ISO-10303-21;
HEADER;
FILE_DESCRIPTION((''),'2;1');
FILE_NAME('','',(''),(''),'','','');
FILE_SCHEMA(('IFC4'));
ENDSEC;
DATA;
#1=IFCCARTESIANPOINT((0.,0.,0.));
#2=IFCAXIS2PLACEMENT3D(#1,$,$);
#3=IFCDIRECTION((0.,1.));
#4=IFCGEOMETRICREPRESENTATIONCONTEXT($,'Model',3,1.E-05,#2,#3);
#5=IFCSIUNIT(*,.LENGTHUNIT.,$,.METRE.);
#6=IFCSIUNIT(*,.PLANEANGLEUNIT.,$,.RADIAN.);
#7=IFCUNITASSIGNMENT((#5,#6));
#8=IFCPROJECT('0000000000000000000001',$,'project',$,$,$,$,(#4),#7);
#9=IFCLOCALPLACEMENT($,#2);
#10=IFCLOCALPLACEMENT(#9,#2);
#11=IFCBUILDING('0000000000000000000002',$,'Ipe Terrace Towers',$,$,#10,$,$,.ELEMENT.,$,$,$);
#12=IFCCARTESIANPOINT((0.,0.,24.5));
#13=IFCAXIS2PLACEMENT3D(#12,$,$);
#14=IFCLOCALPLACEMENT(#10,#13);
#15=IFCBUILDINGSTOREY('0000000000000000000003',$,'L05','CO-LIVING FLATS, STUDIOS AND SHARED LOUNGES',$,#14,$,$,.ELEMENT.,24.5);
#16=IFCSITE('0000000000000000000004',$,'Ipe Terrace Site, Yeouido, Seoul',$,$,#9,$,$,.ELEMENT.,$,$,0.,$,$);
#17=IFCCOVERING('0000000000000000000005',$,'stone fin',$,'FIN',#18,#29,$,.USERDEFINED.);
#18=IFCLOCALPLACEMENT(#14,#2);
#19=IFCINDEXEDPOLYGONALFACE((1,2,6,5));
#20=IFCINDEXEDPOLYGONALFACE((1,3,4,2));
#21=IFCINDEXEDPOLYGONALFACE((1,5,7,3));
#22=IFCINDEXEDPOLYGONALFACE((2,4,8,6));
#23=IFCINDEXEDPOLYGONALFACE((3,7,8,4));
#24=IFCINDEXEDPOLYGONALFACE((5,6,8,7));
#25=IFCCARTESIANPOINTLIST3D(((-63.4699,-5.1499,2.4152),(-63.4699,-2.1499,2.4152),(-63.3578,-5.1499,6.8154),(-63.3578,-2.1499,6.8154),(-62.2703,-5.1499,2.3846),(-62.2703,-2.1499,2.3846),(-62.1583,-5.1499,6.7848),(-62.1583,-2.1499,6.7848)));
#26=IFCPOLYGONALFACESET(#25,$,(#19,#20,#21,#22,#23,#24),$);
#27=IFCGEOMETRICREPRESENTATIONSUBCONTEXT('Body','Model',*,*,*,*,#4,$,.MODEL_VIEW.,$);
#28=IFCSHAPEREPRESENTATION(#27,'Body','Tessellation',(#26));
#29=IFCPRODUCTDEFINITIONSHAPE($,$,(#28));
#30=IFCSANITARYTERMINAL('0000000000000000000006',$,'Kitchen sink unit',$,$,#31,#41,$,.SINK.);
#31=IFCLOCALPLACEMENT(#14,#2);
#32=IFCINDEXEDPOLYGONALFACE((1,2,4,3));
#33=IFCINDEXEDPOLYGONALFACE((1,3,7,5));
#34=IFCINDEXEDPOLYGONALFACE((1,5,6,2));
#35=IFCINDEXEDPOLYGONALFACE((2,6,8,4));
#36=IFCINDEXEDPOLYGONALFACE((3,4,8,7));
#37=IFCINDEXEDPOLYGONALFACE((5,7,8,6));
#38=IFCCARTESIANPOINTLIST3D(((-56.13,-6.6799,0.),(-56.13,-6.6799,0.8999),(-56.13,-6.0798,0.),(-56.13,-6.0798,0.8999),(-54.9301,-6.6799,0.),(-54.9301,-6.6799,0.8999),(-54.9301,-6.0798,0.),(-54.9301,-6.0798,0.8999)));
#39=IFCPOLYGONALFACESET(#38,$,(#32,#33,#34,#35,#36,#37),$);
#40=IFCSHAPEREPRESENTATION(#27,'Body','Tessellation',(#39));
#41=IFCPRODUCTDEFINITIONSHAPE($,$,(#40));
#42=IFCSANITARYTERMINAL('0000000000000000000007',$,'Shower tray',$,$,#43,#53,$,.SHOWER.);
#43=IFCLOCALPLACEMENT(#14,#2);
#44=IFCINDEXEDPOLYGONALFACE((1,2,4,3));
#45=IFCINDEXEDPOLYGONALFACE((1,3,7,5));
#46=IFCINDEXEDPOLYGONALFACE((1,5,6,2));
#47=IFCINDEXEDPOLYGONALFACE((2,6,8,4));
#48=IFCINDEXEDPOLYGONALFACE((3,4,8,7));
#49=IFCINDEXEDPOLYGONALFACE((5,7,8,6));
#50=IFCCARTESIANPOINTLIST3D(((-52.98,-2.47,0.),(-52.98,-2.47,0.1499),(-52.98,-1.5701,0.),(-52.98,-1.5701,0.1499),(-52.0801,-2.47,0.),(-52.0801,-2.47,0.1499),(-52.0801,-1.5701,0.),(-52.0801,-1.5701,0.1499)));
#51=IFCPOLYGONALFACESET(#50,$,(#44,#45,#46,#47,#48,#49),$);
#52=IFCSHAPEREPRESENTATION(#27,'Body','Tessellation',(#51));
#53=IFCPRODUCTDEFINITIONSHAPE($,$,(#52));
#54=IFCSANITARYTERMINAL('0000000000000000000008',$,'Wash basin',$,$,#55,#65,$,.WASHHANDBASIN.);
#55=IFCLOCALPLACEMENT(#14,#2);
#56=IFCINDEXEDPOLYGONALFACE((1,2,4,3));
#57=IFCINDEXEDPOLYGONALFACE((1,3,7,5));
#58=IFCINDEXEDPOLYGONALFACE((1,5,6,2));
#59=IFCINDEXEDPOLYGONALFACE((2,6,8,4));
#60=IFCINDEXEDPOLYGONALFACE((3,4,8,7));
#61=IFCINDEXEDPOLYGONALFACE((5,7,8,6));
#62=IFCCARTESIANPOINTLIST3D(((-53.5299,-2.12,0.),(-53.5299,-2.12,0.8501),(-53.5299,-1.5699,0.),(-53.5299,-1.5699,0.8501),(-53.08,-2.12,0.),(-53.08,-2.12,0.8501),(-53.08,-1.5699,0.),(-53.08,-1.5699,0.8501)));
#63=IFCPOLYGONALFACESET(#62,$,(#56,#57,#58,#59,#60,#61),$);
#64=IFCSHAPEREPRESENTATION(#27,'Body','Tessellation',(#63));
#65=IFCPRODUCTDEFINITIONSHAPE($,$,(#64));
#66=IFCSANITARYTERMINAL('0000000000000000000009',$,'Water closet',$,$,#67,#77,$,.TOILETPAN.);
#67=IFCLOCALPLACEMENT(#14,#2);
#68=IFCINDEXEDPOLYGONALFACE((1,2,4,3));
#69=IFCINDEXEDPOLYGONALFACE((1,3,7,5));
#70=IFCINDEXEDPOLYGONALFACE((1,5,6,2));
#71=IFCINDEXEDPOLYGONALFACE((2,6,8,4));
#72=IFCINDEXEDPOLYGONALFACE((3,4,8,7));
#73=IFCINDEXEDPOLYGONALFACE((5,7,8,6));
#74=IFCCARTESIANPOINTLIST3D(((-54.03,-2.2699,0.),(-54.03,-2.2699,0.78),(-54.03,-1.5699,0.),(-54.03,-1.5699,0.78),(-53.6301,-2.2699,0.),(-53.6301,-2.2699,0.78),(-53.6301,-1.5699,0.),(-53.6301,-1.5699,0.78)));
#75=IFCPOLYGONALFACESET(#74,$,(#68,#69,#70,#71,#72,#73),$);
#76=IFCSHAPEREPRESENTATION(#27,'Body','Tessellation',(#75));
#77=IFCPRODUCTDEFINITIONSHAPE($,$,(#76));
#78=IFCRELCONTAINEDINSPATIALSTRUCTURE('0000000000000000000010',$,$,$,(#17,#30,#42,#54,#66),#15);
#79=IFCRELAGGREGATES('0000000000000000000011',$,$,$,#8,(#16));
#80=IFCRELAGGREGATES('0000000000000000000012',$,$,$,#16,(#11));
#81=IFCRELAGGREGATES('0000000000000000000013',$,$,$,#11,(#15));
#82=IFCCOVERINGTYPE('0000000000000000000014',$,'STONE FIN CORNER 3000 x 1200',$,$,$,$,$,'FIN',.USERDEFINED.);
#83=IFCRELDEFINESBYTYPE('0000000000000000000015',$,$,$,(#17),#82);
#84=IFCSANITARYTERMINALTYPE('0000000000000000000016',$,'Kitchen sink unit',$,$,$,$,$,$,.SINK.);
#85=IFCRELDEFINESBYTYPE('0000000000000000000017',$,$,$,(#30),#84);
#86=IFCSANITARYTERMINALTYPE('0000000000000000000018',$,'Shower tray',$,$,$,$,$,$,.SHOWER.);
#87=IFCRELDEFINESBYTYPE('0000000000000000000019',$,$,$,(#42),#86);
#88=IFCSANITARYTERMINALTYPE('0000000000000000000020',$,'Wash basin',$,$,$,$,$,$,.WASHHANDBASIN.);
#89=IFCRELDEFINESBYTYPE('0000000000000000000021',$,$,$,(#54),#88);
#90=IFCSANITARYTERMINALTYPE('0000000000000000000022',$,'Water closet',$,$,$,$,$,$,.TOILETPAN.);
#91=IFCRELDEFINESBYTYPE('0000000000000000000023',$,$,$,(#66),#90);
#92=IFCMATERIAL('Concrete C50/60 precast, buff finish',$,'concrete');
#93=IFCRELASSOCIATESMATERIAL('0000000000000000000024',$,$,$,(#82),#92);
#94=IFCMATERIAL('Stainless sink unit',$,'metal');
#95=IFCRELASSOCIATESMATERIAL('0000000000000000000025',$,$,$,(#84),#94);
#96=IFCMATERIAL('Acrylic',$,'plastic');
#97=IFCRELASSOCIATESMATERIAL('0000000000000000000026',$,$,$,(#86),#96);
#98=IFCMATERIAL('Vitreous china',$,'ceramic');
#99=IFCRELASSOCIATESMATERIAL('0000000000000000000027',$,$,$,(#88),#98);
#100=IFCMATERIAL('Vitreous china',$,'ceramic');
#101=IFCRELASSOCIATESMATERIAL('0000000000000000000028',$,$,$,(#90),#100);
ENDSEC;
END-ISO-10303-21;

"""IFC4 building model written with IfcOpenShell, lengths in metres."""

from ifc_helpers import new_model, si_unit, direction, frame, origin, origin_2d, place, context, subcontext, project, spatial, rectangle, extrude, material, material_profile, profile_set, type_object, element, save


model = new_model("IFC4")

# Units and contexts
model_context = context("Model", 3, precision=1e-05, world=origin(), true_north=direction((0.0, 1.0)))
body_context = subcontext(model_context, "Body", "Model", "MODEL_VIEW")
ifc_project = project(units=[si_unit("LENGTHUNIT", "METRE"), si_unit("PLANEANGLEUNIT", "RADIAN")], contexts=[model_context])

# Site, building, storey
site_placement = place(None, origin())
site = spatial("IfcSite", under=ifc_project, at=site_placement, Name="Ipe Terrace Site, Yeouido, Seoul", CompositionType="ELEMENT", RefElevation=0.0)
building_placement = place(site_placement, origin())
building = spatial("IfcBuilding", under=site, at=building_placement, Name="Ipe Terrace Towers", CompositionType="ELEMENT")
storey_placement = place(building_placement, frame((0.0, 0.0, 24.5)))
storey = spatial("IfcBuildingStorey", under=building, at=storey_placement, Name="L05", Description="CO-LIVING FLATS, STUDIOS AND SHARED LOUNGES", CompositionType="ELEMENT", Elevation=24.5)

# Covering
ifc_material_1 = material(Name="Concrete C50/60 precast, buff finish", Category="concrete")
ifc_material_profile_1 = material_profile(ifc_material_1, rectangle(XDim=3.0, YDim=1.2, at=origin_2d()), Name="STONE FIN CORNER 3000 x 1200")
ifc_profile_set_1 = profile_set([ifc_material_profile_1], Name="Concrete C50/60 precast, buff finish")
covering_type_1 = type_object("IfcCoveringType", Name="STONE FIN CORNER 3000 x 1200", ElementType="FIN", PredefinedType="USERDEFINED", material=ifc_profile_set_1)
covering_1_placement = place(storey_placement, frame((-62.8701, -3.6499, 2.3999), z_axis=(0.025459, 0.0, 0.999676), x_axis=(0.0, -1.0, 0.0)))
element("IfcCovering", 1, at=covering_1_placement, inside=storey, type_object=covering_type_1, Name="stone fin", ObjectType="FIN", PredefinedType="USERDEFINED", context=body_context, shape_type="SweptSolid", body=[
    extrude(rectangle(XDim=3.0, YDim=1.2, at=origin_2d()), origin(), (0.0, 0.0, 1.0), 4.4016),
])

# Sanitary terminals
ifc_material_2 = material(Name="Stainless sink unit", Category="metal")
sanitary_terminal_type_1 = type_object("IfcSanitaryTerminalType", Name="Kitchen sink unit", PredefinedType="SINK", material=ifc_material_2)
sanitary_terminal_1_placement = place(storey_placement, frame((-55.53, -6.3799, 0.0), z_axis=(0.0, 0.0, 1.0), x_axis=(-1.0, 0.0, 0.0)))
element("IfcSanitaryTerminal", 2, at=sanitary_terminal_1_placement, inside=storey, type_object=sanitary_terminal_type_1, Name="Kitchen sink unit", PredefinedType="SINK", context=body_context, shape_type="SweptSolid", body=[
    extrude(rectangle(XDim=1.2, YDim=0.6001, at=origin_2d()), origin(), (0.0, 0.0, 1.0), 0.8999),
])
ifc_material_3 = material(Name="Acrylic", Category="plastic")
sanitary_terminal_type_2 = type_object("IfcSanitaryTerminalType", Name="Shower tray", PredefinedType="SHOWER", material=ifc_material_3)
sanitary_terminal_2_placement = place(storey_placement, frame((-52.53, -2.02, 0.0), z_axis=(0.0, 0.0, 1.0), x_axis=(0.0, -1.0, 0.0)))
element("IfcSanitaryTerminal", 3, at=sanitary_terminal_2_placement, inside=storey, type_object=sanitary_terminal_type_2, Name="Shower tray", PredefinedType="SHOWER", context=body_context, shape_type="SweptSolid", body=[
    extrude(rectangle(XDim=0.8999, YDim=0.8999, at=origin_2d()), origin(), (0.0, 0.0, 1.0), 0.1499),
])
ifc_material_4 = material(Name="Vitreous china", Category="ceramic")
sanitary_terminal_type_3 = type_object("IfcSanitaryTerminalType", Name="Wash basin", PredefinedType="WASHHANDBASIN", material=ifc_material_4)
sanitary_terminal_3_placement = place(storey_placement, frame((-53.3049, -1.845, 0.0), z_axis=(0.0, 0.0, 1.0), x_axis=(0.0, -1.0, 0.0)))
element("IfcSanitaryTerminal", 4, at=sanitary_terminal_3_placement, inside=storey, type_object=sanitary_terminal_type_3, Name="Wash basin", PredefinedType="WASHHANDBASIN", context=body_context, shape_type="SweptSolid", body=[
    extrude(rectangle(XDim=0.55, YDim=0.45, at=origin_2d()), origin(), (0.0, 0.0, 1.0), 0.8501),
])
ifc_material_5 = material(Name="Vitreous china", Category="ceramic")
sanitary_terminal_type_4 = type_object("IfcSanitaryTerminalType", Name="Water closet", PredefinedType="TOILETPAN", material=ifc_material_5)
sanitary_terminal_4_placement = place(storey_placement, frame((-53.8301, -1.9199, 0.0), z_axis=(0.0, 0.0, 1.0), x_axis=(0.0, -1.0, 0.0)))
element("IfcSanitaryTerminal", 5, at=sanitary_terminal_4_placement, inside=storey, type_object=sanitary_terminal_type_4, Name="Water closet", PredefinedType="TOILETPAN", context=body_context, shape_type="SweptSolid", body=[
    extrude(rectangle(XDim=0.7, YDim=0.3999, at=origin_2d()), origin(), (0.0, 0.0, 1.0), 0.78),
])

save(model, "model.ifc")
